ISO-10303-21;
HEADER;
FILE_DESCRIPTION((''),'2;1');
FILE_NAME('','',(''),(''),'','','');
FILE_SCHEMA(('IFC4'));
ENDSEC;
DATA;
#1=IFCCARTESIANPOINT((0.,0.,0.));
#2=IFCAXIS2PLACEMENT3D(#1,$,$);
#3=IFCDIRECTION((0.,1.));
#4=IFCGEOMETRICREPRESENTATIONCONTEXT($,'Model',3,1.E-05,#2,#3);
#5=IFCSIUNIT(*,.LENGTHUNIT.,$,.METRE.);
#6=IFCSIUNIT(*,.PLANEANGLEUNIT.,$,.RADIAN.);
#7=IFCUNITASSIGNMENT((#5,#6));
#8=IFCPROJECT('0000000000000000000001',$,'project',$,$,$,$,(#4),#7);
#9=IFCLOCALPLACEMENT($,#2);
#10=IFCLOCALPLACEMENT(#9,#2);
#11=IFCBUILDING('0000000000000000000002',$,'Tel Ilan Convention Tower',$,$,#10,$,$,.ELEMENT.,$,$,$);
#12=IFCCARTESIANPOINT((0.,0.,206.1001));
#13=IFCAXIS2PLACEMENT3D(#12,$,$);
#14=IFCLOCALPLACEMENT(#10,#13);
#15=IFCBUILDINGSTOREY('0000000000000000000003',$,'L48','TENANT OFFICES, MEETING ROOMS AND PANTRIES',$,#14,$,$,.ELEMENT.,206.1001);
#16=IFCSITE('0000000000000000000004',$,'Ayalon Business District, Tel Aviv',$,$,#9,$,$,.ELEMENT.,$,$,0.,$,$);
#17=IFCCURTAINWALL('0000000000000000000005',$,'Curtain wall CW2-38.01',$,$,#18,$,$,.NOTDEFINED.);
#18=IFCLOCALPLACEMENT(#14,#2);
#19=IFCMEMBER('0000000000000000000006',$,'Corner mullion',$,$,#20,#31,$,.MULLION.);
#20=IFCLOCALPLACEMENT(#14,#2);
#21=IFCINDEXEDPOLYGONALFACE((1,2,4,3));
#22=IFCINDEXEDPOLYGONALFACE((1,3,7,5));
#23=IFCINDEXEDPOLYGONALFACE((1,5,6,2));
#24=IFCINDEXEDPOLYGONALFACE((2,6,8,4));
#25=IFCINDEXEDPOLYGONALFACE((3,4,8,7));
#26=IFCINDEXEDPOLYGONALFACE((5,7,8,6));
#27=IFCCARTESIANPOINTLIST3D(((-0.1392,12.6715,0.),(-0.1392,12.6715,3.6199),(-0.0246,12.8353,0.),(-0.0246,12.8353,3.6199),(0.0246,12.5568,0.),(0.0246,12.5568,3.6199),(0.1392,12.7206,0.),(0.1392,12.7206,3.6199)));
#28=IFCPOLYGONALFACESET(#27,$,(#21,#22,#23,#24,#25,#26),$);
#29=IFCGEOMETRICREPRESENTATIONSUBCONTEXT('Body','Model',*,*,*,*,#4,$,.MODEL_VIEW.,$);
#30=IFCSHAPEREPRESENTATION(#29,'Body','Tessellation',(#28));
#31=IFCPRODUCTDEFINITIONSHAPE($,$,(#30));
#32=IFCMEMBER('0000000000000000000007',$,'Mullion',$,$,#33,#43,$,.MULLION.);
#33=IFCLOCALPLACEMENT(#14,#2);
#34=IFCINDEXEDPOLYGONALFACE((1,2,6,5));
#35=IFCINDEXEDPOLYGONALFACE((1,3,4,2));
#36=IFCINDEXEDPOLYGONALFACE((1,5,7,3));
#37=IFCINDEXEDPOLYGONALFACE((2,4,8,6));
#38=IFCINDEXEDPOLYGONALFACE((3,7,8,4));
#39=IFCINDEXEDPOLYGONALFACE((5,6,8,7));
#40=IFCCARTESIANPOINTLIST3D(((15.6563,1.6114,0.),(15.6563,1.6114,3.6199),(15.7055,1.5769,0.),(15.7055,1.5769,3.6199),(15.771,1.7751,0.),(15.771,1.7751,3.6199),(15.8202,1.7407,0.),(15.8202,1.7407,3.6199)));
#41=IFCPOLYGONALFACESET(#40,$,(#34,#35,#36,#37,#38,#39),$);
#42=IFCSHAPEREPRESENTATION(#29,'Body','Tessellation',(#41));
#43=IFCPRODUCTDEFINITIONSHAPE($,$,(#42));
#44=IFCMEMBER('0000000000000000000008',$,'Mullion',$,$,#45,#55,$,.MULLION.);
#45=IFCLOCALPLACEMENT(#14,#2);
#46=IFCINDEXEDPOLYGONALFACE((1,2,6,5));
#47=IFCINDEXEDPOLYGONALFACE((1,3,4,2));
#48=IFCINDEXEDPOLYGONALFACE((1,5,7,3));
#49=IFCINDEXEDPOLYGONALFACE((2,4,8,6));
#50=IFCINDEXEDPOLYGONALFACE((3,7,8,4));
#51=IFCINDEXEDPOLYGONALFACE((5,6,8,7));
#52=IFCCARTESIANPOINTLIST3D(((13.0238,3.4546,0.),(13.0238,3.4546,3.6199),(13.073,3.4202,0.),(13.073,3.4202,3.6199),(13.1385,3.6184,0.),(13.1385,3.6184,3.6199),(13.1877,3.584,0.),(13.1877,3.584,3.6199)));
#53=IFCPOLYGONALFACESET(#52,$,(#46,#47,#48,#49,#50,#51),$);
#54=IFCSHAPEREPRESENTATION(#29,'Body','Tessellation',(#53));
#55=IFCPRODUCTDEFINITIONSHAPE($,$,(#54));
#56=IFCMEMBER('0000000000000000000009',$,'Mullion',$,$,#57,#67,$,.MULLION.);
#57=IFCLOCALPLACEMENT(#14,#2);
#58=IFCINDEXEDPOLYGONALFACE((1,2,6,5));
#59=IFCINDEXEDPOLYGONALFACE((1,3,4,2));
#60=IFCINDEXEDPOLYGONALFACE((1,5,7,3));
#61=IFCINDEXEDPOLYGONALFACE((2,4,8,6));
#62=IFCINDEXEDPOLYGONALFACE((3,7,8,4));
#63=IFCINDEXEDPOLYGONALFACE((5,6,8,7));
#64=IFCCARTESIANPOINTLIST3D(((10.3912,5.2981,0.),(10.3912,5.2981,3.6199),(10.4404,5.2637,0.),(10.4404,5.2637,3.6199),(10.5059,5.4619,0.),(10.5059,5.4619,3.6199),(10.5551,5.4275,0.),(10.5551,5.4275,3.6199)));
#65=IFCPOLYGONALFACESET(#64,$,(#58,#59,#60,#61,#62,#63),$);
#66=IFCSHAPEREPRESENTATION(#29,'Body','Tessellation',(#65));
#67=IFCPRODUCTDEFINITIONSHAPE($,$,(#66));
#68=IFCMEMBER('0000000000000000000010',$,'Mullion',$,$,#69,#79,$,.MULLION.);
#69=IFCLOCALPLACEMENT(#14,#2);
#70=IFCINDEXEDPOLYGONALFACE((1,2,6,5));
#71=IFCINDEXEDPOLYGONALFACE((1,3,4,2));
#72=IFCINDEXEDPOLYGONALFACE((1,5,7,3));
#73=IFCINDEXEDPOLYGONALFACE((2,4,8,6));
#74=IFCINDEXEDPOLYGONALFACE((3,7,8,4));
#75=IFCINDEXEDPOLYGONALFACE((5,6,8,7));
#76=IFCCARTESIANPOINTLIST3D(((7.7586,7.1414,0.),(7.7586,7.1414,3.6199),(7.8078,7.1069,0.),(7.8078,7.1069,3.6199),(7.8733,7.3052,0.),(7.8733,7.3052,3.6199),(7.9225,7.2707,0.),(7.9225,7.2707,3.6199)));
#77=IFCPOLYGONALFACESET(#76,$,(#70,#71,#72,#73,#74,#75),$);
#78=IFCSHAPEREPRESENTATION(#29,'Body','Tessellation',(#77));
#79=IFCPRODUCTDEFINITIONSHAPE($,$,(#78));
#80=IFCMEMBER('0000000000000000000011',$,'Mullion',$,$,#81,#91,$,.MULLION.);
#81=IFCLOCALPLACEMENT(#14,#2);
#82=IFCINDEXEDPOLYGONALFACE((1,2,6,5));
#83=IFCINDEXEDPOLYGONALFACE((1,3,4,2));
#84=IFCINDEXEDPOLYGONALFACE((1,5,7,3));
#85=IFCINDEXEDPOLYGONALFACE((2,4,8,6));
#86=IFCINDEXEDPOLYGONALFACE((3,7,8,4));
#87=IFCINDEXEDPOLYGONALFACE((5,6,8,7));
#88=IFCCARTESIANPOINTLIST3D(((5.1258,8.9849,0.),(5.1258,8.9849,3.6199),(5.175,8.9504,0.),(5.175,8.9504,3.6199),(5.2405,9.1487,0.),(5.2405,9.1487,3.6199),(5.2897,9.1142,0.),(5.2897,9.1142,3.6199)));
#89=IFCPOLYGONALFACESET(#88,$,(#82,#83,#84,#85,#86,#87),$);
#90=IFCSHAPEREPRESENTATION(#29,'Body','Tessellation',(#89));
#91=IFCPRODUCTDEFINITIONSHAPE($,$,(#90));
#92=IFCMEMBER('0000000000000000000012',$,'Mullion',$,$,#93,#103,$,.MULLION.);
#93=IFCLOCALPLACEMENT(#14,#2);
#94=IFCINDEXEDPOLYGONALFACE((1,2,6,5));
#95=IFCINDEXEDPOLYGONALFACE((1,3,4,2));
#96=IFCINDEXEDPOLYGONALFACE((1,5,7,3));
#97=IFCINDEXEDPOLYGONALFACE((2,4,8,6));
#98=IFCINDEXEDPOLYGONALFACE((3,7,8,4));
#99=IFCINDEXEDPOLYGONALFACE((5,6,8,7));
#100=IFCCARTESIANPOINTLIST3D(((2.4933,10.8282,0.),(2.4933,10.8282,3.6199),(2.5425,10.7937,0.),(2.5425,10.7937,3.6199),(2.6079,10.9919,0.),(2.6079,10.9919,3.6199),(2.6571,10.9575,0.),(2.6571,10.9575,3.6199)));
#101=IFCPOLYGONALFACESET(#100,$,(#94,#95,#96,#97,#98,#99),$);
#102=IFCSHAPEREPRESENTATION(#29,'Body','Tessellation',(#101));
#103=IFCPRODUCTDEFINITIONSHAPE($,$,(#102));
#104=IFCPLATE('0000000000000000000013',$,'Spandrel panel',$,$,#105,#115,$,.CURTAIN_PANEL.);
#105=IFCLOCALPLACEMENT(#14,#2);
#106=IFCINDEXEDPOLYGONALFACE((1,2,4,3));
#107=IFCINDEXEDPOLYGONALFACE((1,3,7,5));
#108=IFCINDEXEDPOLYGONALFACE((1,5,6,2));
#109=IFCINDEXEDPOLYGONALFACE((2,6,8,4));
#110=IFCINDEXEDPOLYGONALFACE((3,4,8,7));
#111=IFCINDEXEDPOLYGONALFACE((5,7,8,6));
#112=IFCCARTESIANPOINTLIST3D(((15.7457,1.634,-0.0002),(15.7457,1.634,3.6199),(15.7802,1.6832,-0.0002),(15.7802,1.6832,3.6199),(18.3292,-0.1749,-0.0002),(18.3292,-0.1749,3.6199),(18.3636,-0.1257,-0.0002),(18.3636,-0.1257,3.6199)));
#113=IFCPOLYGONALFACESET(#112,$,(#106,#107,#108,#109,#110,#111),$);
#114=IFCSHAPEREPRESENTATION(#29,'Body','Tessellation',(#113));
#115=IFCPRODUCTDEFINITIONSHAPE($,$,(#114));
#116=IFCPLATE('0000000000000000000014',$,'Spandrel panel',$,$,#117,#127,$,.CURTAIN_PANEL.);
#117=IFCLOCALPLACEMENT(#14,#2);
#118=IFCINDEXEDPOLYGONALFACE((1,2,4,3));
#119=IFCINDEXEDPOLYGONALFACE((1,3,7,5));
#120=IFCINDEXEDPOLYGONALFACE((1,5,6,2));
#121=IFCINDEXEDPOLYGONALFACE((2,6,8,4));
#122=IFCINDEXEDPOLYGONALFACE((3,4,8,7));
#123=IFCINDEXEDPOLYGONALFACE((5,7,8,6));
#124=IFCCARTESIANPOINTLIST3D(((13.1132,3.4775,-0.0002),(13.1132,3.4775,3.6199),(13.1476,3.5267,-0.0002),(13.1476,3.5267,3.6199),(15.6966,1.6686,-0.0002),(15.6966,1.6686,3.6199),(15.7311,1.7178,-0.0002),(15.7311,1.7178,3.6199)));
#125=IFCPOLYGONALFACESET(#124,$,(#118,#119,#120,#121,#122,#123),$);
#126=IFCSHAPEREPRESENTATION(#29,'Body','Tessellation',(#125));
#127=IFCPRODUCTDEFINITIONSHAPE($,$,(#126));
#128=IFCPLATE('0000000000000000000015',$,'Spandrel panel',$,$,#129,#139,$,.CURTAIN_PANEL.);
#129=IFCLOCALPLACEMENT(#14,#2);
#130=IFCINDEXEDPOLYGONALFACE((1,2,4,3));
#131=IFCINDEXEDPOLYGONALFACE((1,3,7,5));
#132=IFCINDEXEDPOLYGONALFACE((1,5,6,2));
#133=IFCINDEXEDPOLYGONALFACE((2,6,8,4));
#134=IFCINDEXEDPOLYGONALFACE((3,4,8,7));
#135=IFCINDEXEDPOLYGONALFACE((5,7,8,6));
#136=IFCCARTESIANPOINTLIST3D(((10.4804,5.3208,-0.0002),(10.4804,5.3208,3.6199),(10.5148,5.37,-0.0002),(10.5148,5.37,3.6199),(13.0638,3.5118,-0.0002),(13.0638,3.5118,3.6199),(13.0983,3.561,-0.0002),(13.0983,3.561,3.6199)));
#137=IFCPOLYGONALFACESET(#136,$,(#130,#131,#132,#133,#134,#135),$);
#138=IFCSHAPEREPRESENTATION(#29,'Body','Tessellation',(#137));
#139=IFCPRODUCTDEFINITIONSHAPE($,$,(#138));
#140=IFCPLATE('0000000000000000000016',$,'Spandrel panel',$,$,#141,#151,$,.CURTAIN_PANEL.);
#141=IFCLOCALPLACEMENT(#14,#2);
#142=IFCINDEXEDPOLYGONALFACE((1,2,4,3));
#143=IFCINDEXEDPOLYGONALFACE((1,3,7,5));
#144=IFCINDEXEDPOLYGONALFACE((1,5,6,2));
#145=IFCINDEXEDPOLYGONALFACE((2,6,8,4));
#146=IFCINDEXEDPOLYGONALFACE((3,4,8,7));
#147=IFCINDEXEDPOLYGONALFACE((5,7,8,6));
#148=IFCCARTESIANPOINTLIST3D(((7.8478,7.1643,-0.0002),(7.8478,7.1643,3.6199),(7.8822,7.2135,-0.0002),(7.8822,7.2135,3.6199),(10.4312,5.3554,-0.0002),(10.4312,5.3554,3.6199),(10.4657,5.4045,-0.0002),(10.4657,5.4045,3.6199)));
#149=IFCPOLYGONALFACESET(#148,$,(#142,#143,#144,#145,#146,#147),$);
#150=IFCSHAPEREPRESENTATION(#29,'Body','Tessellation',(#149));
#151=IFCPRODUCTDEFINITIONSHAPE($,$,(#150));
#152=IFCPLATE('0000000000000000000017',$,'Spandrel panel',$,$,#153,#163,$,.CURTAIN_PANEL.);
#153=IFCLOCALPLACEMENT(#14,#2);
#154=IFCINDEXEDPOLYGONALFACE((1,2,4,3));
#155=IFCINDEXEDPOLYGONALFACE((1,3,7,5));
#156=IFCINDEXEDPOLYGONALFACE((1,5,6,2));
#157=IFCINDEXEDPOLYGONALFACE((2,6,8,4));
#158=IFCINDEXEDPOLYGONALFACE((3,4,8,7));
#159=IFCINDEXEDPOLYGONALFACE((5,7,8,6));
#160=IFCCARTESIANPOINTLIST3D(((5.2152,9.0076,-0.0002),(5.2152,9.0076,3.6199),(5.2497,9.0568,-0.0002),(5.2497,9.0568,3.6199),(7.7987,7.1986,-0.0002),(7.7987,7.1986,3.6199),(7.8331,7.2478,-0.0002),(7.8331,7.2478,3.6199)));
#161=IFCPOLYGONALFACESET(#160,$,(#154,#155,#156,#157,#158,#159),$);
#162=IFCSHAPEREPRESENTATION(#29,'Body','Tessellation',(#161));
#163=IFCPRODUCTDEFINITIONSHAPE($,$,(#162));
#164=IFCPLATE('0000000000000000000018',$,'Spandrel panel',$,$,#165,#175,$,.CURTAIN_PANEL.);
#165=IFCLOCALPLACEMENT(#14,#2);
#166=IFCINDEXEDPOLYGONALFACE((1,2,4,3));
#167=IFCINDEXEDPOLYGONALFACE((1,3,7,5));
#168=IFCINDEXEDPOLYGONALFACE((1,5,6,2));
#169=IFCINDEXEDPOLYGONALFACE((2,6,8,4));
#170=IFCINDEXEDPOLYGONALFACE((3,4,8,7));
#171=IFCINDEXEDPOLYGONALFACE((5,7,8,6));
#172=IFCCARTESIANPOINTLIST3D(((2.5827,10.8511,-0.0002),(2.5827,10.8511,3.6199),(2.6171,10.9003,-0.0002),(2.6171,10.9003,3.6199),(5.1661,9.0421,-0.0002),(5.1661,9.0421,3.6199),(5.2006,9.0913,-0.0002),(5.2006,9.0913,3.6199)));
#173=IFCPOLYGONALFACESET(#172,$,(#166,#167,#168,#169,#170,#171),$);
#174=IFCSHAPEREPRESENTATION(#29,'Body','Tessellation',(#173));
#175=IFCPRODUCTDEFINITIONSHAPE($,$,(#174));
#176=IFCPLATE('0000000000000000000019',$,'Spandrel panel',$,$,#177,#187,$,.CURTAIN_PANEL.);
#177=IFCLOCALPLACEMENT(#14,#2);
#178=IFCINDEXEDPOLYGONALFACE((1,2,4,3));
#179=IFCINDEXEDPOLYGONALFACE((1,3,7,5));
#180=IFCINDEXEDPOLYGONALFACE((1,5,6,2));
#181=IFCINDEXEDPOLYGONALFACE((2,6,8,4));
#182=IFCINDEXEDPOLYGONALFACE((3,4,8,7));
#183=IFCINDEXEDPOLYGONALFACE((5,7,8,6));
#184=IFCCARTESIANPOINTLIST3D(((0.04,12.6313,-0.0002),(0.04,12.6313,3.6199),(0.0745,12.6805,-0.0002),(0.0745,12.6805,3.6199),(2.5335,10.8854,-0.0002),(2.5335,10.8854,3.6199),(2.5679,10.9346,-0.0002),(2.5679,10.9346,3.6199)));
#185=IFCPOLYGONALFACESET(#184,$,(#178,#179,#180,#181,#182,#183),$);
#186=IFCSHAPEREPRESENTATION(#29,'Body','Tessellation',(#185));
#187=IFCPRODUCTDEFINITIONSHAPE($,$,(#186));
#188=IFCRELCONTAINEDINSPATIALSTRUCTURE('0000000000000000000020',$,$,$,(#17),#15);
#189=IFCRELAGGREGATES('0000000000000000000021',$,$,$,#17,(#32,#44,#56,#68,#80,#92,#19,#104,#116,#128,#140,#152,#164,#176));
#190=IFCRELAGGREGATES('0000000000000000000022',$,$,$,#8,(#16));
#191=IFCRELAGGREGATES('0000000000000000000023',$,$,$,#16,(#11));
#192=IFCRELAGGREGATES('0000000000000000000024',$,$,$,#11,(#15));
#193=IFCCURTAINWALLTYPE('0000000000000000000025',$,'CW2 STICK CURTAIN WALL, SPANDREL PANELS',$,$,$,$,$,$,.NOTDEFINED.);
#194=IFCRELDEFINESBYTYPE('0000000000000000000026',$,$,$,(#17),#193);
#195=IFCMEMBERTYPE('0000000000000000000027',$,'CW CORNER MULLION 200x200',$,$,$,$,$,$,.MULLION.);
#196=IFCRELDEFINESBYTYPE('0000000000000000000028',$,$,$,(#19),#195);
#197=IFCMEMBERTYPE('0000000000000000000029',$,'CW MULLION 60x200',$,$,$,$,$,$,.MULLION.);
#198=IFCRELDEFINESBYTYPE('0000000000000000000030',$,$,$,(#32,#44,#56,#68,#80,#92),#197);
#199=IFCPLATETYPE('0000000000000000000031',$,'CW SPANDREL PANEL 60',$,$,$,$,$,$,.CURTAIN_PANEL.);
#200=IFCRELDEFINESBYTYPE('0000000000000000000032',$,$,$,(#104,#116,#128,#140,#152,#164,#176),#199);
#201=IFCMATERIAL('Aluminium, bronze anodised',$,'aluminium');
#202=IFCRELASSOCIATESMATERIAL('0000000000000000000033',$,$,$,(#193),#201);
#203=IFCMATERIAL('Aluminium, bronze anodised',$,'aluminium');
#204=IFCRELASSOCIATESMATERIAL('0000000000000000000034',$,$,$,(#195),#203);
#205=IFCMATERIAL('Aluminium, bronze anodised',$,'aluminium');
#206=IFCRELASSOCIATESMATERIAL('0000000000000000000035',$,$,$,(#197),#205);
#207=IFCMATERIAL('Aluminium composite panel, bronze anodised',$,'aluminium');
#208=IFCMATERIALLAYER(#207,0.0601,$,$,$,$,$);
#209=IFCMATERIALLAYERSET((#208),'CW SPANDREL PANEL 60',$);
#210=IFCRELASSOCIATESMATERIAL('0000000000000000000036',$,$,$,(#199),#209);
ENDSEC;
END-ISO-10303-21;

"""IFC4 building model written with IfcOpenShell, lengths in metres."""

from ifc_helpers import new_model, si_unit, direction, frame, origin, origin_2d, place, context, subcontext, project, spatial, rectangle, extrude, material, layer, layer_set, material_profile, profile_set, type_object, element, aggregate, save


model = new_model("IFC4")

# Units and contexts
model_context = context("Model", 3, precision=1e-05, world=origin(), true_north=direction((0.0, 1.0)))
body_context = subcontext(model_context, "Body", "Model", "MODEL_VIEW")
ifc_project = project(units=[si_unit("LENGTHUNIT", "METRE"), si_unit("PLANEANGLEUNIT", "RADIAN")], contexts=[model_context])

# Site, building, storey
site_placement = place(None, origin())
site = spatial("IfcSite", under=ifc_project, at=site_placement, Name="Ayalon Business District, Tel Aviv", CompositionType="ELEMENT", RefElevation=0.0)
building_placement = place(site_placement, origin())
building = spatial("IfcBuilding", under=site, at=building_placement, Name="Tel Ilan Convention Tower", CompositionType="ELEMENT")
storey_placement = place(building_placement, frame((0.0, 0.0, 206.1001)))
storey = spatial("IfcBuildingStorey", under=building, at=storey_placement, Name="L48", Description="TENANT OFFICES, MEETING ROOMS AND PANTRIES", CompositionType="ELEMENT", Elevation=206.1001)

# Curtain wall, members, plates
ifc_material_1 = material(Name="Aluminium, bronze anodised", Category="aluminium")
curtain_wall_type = type_object("IfcCurtainWallType", Name="CW2 STICK CURTAIN WALL, SPANDREL PANELS", PredefinedType="NOTDEFINED", material=ifc_material_1)
curtain_wall_placement = place(storey_placement, origin())
curtain_wall = element("IfcCurtainWall", 1, at=curtain_wall_placement, inside=storey, type_object=curtain_wall_type, Name="Curtain wall CW2-38.01", PredefinedType="NOTDEFINED")
ifc_material_2 = material(Name="Aluminium, bronze anodised", Category="aluminium")
ifc_material_profile_1 = material_profile(ifc_material_2, rectangle(XDim=0.2, YDim=0.2, at=origin_2d()), Name="CW CORNER MULLION 200x200")
ifc_profile_set_1 = profile_set([ifc_material_profile_1], Name="Aluminium, bronze anodised")
member_type_1 = type_object("IfcMemberType", Name="CW CORNER MULLION 200x200", PredefinedType="MULLION", material=ifc_profile_set_1)
member_1_placement = place(storey_placement, frame((0.0, 12.696, 0.0), z_axis=(0.0, 0.0, 1.0), x_axis=(-0.819152, 0.573576, 0.0)))
member_1 = element("IfcMember", 2, at=member_1_placement, type_object=member_type_1, Name="Corner mullion", PredefinedType="MULLION", context=body_context, shape_type="SweptSolid", body=[
    extrude(rectangle(XDim=0.2, YDim=0.2, at=origin_2d()), origin(), (0.0, 0.0, 1.0), 3.6199),
])
ifc_material_3 = material(Name="Aluminium, bronze anodised", Category="aluminium")
ifc_material_profile_2 = material_profile(ifc_material_3, rectangle(XDim=0.0601, YDim=0.2, at=origin_2d()), Name="CW MULLION 60x200")
ifc_profile_set_2 = profile_set([ifc_material_profile_2], Name="Aluminium, bronze anodised")
member_type_2 = type_object("IfcMemberType", Name="CW MULLION 60x200", PredefinedType="MULLION", material=ifc_profile_set_2)
member_2_placement = place(storey_placement, frame((15.7383, 1.676, 0.0), z_axis=(0.0, 0.0, 1.0), x_axis=(-0.819152, 0.573576, 0.0)))
member_2 = element("IfcMember", 3, at=member_2_placement, type_object=member_type_2, Name="Mullion", PredefinedType="MULLION", context=body_context, shape_type="SweptSolid", body=[
    extrude(rectangle(XDim=0.0601, YDim=0.2, at=origin_2d()), origin(), (0.0, 0.0, 1.0), 3.6199),
])
member_3_placement = place(storey_placement, frame((13.1057, 3.5193, 0.0), z_axis=(0.0, 0.0, 1.0), x_axis=(-0.819152, 0.573576, 0.0)))
member_3 = element("IfcMember", 4, at=member_3_placement, type_object=member_type_2, Name="Mullion", PredefinedType="MULLION", context=body_context, shape_type="SweptSolid", body=[
    extrude(rectangle(XDim=0.0601, YDim=0.2, at=origin_2d()), origin(), (0.0, 0.0, 1.0), 3.6199),
])
member_4_placement = place(storey_placement, frame((10.4731, 5.3628, 0.0), z_axis=(0.0, 0.0, 1.0), x_axis=(-0.819152, 0.573576, 0.0)))
member_4 = element("IfcMember", 5, at=member_4_placement, type_object=member_type_2, Name="Mullion", PredefinedType="MULLION", context=body_context, shape_type="SweptSolid", body=[
    extrude(rectangle(XDim=0.0601, YDim=0.2, at=origin_2d()), origin(), (0.0, 0.0, 1.0), 3.6199),
])
member_5_placement = place(storey_placement, frame((7.8406, 7.2061, 0.0), z_axis=(0.0, 0.0, 1.0), x_axis=(-0.819152, 0.573576, 0.0)))
member_5 = element("IfcMember", 6, at=member_5_placement, type_object=member_type_2, Name="Mullion", PredefinedType="MULLION", context=body_context, shape_type="SweptSolid", body=[
    extrude(rectangle(XDim=0.0601, YDim=0.2, at=origin_2d()), origin(), (0.0, 0.0, 1.0), 3.6199),
])
member_6_placement = place(storey_placement, frame((5.2078, 9.0496, 0.0), z_axis=(0.0, 0.0, 1.0), x_axis=(-0.819152, 0.573576, 0.0)))
member_6 = element("IfcMember", 7, at=member_6_placement, type_object=member_type_2, Name="Mullion", PredefinedType="MULLION", context=body_context, shape_type="SweptSolid", body=[
    extrude(rectangle(XDim=0.0601, YDim=0.2, at=origin_2d()), origin(), (0.0, 0.0, 1.0), 3.6199),
])
member_7_placement = place(storey_placement, frame((2.5752, 10.8928, 0.0), z_axis=(0.0, 0.0, 1.0), x_axis=(-0.819152, 0.573576, 0.0)))
member_7 = element("IfcMember", 8, at=member_7_placement, type_object=member_type_2, Name="Mullion", PredefinedType="MULLION", context=body_context, shape_type="SweptSolid", body=[
    extrude(rectangle(XDim=0.0601, YDim=0.2, at=origin_2d()), origin(), (0.0, 0.0, 1.0), 3.6199),
])
ifc_material_4 = material(Name="Aluminium composite panel, bronze anodised", Category="aluminium")
ifc_layer_1 = layer(ifc_material_4, 0.0601)
ifc_layer_set_1 = layer_set([ifc_layer_1], Name="CW SPANDREL PANEL 60")
plate_type = type_object("IfcPlateType", Name="CW SPANDREL PANEL 60", PredefinedType="CURTAIN_PANEL", material=ifc_layer_set_1)
plate_1_placement = place(storey_placement, frame((17.0547, 0.7542, -0.0002), z_axis=(0.0, 0.0, 1.0), x_axis=(-0.819152, 0.573576, 0.0)))
plate_1 = element("IfcPlate", 9, at=plate_1_placement, type_object=plate_type, Name="Spandrel panel", PredefinedType="CURTAIN_PANEL", context=body_context, shape_type="SweptSolid", body=[
    extrude(rectangle(XDim=3.1538, YDim=0.0601, at=origin_2d()), origin(), (0.0, 0.0, 1.0), 3.6201),
])
plate_2_placement = place(storey_placement, frame((14.4221, 2.5977, -0.0002), z_axis=(0.0, 0.0, 1.0), x_axis=(-0.819152, 0.573576, 0.0)))
plate_2 = element("IfcPlate", 10, at=plate_2_placement, type_object=plate_type, Name="Spandrel panel", PredefinedType="CURTAIN_PANEL", context=body_context, shape_type="SweptSolid", body=[
    extrude(rectangle(XDim=3.1538, YDim=0.0601, at=origin_2d()), origin(), (0.0, 0.0, 1.0), 3.6201),
])
plate_3_placement = place(storey_placement, frame((11.7893, 4.4409, -0.0002), z_axis=(0.0, 0.0, 1.0), x_axis=(-0.819152, 0.573576, 0.0)))
plate_3 = element("IfcPlate", 11, at=plate_3_placement, type_object=plate_type, Name="Spandrel panel", PredefinedType="CURTAIN_PANEL", context=body_context, shape_type="SweptSolid", body=[
    extrude(rectangle(XDim=3.1538, YDim=0.0601, at=origin_2d()), origin(), (0.0, 0.0, 1.0), 3.6201),
])
plate_4_placement = place(storey_placement, frame((9.1567, 6.2844, -0.0002), z_axis=(0.0, 0.0, 1.0), x_axis=(-0.819152, 0.573576, 0.0)))
plate_4 = element("IfcPlate", 12, at=plate_4_placement, type_object=plate_type, Name="Spandrel panel", PredefinedType="CURTAIN_PANEL", context=body_context, shape_type="SweptSolid", body=[
    extrude(rectangle(XDim=3.1538, YDim=0.0601, at=origin_2d()), origin(), (0.0, 0.0, 1.0), 3.6201),
])
plate_5_placement = place(storey_placement, frame((6.5242, 8.1277, -0.0002), z_axis=(0.0, 0.0, 1.0), x_axis=(-0.819152, 0.573576, 0.0)))
plate_5 = element("IfcPlate", 13, at=plate_5_placement, type_object=plate_type, Name="Spandrel panel", PredefinedType="CURTAIN_PANEL", context=body_context, shape_type="SweptSolid", body=[
    extrude(rectangle(XDim=3.1538, YDim=0.0601, at=origin_2d()), origin(), (0.0, 0.0, 1.0), 3.6201),
])
plate_6_placement = place(storey_placement, frame((3.8916, 9.9712, -0.0002), z_axis=(0.0, 0.0, 1.0), x_axis=(-0.819152, 0.573576, 0.0)))
plate_6 = element("IfcPlate", 14, at=plate_6_placement, type_object=plate_type, Name="Spandrel panel", PredefinedType="CURTAIN_PANEL", context=body_context, shape_type="SweptSolid", body=[
    extrude(rectangle(XDim=3.1538, YDim=0.0601, at=origin_2d()), origin(), (0.0, 0.0, 1.0), 3.6201),
])
plate_7_placement = place(storey_placement, frame((1.304, 11.783, -0.0002), z_axis=(0.0, 0.0, 1.0), x_axis=(-0.819152, 0.573576, 0.0)))
plate_7 = element("IfcPlate", 15, at=plate_7_placement, type_object=plate_type, Name="Spandrel panel", PredefinedType="CURTAIN_PANEL", context=body_context, shape_type="SweptSolid", body=[
    extrude(rectangle(XDim=3.0439, YDim=0.0601, at=origin_2d()), origin(), (0.0, 0.0, 1.0), 3.6201),
])
aggregate(curtain_wall, [member_2, member_3, member_4, member_5, member_6, member_7, member_1, plate_1, plate_2, plate_3, plate_4, plate_5, plate_6, plate_7])

save(model, "model.ifc")
